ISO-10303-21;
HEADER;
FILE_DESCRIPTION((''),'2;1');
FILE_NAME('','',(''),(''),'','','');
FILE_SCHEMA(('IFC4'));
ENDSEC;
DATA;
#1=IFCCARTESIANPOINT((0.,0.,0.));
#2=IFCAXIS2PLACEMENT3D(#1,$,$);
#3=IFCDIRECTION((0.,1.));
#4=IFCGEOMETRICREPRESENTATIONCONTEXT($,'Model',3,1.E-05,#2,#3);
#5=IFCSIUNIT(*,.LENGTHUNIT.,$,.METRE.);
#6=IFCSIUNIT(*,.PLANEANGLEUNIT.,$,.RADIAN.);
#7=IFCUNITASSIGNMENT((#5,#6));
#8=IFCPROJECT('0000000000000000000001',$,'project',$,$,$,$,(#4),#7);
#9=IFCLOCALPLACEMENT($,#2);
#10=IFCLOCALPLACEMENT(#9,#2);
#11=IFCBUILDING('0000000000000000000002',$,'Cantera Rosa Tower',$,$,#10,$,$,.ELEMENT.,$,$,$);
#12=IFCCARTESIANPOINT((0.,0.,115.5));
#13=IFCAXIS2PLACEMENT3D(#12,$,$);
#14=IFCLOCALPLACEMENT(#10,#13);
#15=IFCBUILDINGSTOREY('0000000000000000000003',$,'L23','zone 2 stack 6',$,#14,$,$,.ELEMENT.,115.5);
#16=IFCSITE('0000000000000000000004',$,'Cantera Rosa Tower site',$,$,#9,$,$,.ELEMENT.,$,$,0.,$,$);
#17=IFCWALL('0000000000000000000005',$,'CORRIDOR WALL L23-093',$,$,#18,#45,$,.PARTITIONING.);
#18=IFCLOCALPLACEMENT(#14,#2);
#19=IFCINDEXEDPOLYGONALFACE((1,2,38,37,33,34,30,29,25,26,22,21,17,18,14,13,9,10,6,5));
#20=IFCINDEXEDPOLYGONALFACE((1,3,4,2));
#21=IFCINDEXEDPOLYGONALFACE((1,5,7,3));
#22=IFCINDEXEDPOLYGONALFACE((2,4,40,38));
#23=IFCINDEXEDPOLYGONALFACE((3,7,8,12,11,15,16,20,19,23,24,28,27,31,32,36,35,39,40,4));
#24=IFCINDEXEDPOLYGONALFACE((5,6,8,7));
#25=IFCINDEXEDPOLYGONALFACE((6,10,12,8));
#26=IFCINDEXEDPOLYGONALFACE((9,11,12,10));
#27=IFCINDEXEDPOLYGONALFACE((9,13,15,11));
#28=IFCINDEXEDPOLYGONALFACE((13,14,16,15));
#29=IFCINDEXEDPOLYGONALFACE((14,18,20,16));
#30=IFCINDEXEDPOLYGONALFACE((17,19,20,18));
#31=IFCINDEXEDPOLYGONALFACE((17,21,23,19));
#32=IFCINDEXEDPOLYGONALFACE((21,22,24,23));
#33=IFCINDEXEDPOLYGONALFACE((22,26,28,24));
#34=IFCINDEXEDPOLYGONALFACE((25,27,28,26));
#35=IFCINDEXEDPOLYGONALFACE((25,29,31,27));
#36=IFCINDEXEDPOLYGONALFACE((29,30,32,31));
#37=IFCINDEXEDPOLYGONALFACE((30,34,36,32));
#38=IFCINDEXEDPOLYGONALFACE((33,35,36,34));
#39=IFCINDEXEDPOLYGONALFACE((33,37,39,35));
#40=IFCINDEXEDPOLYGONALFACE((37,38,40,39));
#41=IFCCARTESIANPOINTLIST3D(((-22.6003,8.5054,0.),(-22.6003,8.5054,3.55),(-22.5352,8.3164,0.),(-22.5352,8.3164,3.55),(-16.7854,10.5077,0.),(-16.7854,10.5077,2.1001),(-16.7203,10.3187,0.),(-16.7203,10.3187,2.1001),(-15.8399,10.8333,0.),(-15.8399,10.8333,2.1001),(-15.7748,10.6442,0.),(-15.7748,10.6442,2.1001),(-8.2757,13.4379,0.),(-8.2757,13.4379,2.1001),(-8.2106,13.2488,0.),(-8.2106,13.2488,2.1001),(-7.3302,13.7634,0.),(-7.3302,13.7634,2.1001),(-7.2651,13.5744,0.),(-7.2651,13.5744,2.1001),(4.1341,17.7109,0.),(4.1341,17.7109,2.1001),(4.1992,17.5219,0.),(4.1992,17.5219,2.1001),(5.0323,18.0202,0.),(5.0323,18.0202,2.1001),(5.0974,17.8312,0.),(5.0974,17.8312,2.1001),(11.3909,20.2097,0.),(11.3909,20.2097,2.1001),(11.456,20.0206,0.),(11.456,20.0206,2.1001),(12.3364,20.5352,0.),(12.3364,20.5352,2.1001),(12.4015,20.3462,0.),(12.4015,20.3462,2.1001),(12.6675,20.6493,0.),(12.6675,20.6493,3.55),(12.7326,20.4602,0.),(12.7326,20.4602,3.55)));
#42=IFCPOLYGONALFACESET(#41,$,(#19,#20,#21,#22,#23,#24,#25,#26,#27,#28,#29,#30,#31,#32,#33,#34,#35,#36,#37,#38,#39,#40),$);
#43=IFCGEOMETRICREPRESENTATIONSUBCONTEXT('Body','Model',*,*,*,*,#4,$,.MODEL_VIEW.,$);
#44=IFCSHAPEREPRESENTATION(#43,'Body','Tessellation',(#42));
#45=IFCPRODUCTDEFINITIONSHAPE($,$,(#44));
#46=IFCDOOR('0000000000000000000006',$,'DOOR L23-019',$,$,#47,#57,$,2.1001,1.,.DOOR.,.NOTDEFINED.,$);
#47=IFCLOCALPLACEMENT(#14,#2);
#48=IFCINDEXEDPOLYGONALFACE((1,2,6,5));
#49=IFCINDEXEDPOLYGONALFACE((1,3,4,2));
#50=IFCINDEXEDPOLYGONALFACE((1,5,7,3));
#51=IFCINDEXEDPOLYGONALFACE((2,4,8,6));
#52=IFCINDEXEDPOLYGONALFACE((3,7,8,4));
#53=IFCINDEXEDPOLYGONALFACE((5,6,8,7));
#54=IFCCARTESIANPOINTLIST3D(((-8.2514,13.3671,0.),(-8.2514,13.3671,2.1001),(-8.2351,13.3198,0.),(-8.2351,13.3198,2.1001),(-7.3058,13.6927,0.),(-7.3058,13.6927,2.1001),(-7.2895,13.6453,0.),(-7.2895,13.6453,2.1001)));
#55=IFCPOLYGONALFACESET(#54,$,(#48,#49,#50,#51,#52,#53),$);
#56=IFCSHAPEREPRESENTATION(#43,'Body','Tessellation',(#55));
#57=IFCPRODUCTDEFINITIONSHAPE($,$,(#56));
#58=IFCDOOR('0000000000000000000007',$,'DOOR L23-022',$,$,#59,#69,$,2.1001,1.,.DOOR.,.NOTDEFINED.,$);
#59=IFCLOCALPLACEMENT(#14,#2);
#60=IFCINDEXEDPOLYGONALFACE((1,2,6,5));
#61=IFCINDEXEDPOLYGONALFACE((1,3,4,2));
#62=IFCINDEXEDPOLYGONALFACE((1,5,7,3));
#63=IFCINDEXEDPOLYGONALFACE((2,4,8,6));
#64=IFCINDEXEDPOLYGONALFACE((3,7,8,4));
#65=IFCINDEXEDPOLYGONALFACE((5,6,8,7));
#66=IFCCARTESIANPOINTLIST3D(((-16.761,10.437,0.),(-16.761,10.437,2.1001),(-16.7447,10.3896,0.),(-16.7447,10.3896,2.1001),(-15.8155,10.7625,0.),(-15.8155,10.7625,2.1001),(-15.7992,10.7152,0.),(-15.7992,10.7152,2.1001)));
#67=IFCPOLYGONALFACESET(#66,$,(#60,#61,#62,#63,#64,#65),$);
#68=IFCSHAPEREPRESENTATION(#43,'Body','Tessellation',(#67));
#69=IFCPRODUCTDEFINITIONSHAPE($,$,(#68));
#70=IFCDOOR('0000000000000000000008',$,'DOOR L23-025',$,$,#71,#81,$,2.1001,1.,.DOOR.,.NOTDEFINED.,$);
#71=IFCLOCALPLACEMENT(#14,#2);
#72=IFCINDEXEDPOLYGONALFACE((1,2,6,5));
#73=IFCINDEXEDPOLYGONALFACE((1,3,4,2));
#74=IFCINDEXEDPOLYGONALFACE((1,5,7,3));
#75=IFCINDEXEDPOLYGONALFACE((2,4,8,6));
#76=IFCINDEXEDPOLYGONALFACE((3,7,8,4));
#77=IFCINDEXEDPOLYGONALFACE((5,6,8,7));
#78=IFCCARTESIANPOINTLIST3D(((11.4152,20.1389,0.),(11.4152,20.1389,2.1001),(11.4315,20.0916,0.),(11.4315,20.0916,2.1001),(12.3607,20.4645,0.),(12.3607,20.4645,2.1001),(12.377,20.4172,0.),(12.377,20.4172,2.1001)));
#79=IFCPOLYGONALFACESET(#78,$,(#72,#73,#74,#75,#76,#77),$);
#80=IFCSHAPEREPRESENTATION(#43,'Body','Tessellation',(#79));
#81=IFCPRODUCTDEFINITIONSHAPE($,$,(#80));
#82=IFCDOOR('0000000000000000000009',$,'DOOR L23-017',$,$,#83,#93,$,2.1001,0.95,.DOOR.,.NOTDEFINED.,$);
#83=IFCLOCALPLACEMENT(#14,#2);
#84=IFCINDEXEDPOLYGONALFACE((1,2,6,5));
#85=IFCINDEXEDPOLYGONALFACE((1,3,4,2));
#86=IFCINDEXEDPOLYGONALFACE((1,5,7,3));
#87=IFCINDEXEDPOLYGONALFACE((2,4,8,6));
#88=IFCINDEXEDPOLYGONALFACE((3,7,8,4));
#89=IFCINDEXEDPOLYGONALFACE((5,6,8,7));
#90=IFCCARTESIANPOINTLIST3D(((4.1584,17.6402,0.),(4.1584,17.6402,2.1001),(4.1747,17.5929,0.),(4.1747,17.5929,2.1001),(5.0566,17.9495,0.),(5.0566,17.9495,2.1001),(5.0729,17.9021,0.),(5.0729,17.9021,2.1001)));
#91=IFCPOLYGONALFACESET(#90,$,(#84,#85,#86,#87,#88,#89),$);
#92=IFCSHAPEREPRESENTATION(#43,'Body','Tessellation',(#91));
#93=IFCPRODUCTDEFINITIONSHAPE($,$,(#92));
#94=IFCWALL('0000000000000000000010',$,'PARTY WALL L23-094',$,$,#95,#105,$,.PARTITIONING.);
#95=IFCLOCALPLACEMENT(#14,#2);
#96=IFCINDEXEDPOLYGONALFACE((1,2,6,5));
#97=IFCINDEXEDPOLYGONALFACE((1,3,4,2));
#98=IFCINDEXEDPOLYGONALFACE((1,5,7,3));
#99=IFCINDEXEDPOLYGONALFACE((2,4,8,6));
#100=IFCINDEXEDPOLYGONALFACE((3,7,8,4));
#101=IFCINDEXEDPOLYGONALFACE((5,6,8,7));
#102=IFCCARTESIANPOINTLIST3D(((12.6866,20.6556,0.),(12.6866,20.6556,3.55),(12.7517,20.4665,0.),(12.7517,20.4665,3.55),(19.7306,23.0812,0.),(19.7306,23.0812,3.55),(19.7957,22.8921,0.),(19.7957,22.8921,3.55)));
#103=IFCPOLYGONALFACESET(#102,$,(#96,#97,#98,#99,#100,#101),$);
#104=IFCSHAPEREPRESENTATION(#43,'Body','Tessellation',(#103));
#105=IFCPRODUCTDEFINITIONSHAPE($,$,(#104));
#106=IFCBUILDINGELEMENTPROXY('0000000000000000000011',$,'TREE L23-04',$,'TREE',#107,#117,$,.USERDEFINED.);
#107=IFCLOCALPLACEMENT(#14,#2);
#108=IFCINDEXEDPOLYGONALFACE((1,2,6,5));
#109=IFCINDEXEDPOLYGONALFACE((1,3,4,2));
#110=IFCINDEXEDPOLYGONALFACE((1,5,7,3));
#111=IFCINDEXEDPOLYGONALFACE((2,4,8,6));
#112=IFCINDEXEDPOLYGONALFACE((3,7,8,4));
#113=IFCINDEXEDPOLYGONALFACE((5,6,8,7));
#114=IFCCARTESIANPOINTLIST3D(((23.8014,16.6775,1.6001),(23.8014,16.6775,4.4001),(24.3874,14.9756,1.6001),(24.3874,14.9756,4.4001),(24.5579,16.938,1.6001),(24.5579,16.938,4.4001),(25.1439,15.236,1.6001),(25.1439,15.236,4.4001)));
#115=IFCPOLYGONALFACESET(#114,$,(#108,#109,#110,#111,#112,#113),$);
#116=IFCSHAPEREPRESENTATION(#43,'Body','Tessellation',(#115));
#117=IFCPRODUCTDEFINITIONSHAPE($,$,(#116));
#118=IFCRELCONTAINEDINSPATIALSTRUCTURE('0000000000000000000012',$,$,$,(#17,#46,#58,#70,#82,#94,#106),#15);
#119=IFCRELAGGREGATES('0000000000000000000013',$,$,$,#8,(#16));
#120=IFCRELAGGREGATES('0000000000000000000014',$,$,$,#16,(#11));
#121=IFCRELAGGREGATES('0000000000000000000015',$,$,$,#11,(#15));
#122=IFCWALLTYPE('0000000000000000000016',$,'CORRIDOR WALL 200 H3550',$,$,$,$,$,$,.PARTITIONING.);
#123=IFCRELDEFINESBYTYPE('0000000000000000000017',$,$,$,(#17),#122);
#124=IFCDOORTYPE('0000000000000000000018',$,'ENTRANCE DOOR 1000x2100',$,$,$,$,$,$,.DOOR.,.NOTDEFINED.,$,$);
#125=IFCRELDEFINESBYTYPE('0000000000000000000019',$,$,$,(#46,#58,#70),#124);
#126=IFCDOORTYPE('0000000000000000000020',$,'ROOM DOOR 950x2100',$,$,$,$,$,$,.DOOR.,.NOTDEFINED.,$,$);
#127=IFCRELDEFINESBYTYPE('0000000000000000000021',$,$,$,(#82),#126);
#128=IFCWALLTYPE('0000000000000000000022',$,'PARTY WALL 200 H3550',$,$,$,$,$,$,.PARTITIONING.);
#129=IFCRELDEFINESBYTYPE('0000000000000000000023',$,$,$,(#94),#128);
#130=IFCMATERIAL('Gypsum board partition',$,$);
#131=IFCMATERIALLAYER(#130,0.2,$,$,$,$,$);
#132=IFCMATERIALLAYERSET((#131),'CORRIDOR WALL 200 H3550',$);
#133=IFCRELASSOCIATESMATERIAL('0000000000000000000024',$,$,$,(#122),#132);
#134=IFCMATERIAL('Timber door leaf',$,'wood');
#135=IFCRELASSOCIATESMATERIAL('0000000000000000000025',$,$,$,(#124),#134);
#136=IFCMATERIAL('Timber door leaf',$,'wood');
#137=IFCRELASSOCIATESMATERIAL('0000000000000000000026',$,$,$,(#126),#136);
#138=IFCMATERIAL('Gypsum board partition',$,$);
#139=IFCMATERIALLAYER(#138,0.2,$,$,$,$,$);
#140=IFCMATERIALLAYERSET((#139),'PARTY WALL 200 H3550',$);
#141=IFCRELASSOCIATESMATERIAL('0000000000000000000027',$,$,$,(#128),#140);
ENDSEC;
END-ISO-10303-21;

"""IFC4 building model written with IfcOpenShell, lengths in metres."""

from ifc_helpers import new_model, si_unit, direction, frame, frame_2d, origin, origin_2d, place, context, subcontext, project, spatial, rectangle, extrude, material, layer, layer_set, type_object, element, fill, save


model = new_model("IFC4")

# Units and contexts
model_context = context("Model", 3, precision=1e-05, world=origin(), true_north=direction((0.0, 1.0)))
body_context = subcontext(model_context, "Body", "Model", "MODEL_VIEW")
ifc_project = project(units=[si_unit("LENGTHUNIT", "METRE"), si_unit("PLANEANGLEUNIT", "RADIAN")], contexts=[model_context])

# Site, building, storey
site_placement = place(None, origin())
site = spatial("IfcSite", under=ifc_project, at=site_placement, Name="Cantera Rosa Tower site", CompositionType="ELEMENT", RefElevation=0.0)
building_placement = place(site_placement, origin())
building = spatial("IfcBuilding", under=site, at=building_placement, Name="Cantera Rosa Tower", CompositionType="ELEMENT")
storey_placement = place(building_placement, frame((0.0, 0.0, 115.5)))
storey = spatial("IfcBuildingStorey", under=building, at=storey_placement, Name="L23", Description="zone 2 stack 6", CompositionType="ELEMENT", Elevation=115.5)

# Shared definitions
ifc_material_1 = material(Name="Gypsum board partition")
ifc_layer_1 = layer(ifc_material_1, 0.2)
ifc_layer_set_1 = layer_set([ifc_layer_1], Name="CORRIDOR WALL 200 H3550")
wall_type_1 = type_object("IfcWallType", Name="CORRIDOR WALL 200 H3550", PredefinedType="PARTITIONING", material=ifc_layer_set_1)

# Wall, openings, doors
wall_1_placement = place(storey_placement, frame((12.7, 20.5547, 0.0), z_axis=(0.0, 0.0, 1.0), x_axis=(-0.945518, -0.325571, 0.0)))
wall_1 = element("IfcWall", 1, at=wall_1_placement, inside=storey, type_object=wall_type_1, Name="CORRIDOR WALL L23-093", PredefinedType="PARTITIONING", context=body_context, shape_type="SweptSolid", body=[
    extrude(rectangle(XDim=37.3, YDim=0.2, at=frame_2d((18.6499, 0.0))), origin(), (0.0, 0.0, 1.0), 3.55),
])
opening_1_placement = place(wall_1_placement, frame((8.075, 0.0, 0.0)))
opening_1 = element("IfcOpeningElement", 2, at=opening_1_placement, cuts=wall_1, PredefinedType="OPENING", context=body_context, shape_type="SweptSolid", body=[
    extrude(rectangle(XDim=0.95, YDim=2.1001, at=frame_2d((0.4751, 1.05))), frame((0.0, 0.1099, 0.0), z_axis=(0.0, -1.0, 0.0), x_axis=(1.0, 0.0, 0.0)), (0.0, 0.0, 1.0), 0.22),
])
opening_2_placement = place(wall_1_placement, frame((21.1499, 0.0, 0.0)))
opening_2 = element("IfcOpeningElement", 3, at=opening_2_placement, cuts=wall_1, PredefinedType="OPENING", context=body_context, shape_type="SweptSolid", body=[
    extrude(rectangle(XDim=1.0, YDim=2.1001, at=frame_2d((0.5, 1.05))), frame((0.0, 0.1099, 0.0), z_axis=(0.0, -1.0, 0.0), x_axis=(1.0, 0.0, 0.0)), (0.0, 0.0, 1.0), 0.22),
])
opening_3_placement = place(wall_1_placement, frame((30.1499, 0.0, 0.0)))
opening_3 = element("IfcOpeningElement", 4, at=opening_3_placement, cuts=wall_1, PredefinedType="OPENING", context=body_context, shape_type="SweptSolid", body=[
    extrude(rectangle(XDim=1.0, YDim=2.1001, at=frame_2d((0.5, 1.05))), frame((0.0, 0.1099, 0.0), z_axis=(0.0, -1.0, 0.0), x_axis=(1.0, 0.0, 0.0)), (0.0, 0.0, 1.0), 0.22),
])
opening_4_placement = place(wall_1_placement, frame((0.3501, 0.0, 0.0)))
opening_4 = element("IfcOpeningElement", 5, at=opening_4_placement, cuts=wall_1, PredefinedType="OPENING", context=body_context, shape_type="SweptSolid", body=[
    extrude(rectangle(XDim=1.0, YDim=2.1001, at=frame_2d((0.5, 1.05))), frame((0.0, 0.1099, 0.0), z_axis=(0.0, -1.0, 0.0), x_axis=(1.0, 0.0, 0.0)), (0.0, 0.0, 1.0), 0.22),
])
ifc_material_2 = material(Name="Timber door leaf", Category="wood")
door_type_1 = type_object("IfcDoorType", Name="ENTRANCE DOOR 1000x2100", OperationType="NOTDEFINED", PredefinedType="DOOR", material=ifc_material_2)
door_1_placement = place(opening_2_placement, origin())
door_1 = element("IfcDoor", 6, at=door_1_placement, inside=storey, type_object=door_type_1, Name="DOOR L23-019", OperationType="NOTDEFINED", OverallHeight=2.1001, OverallWidth=1.0, PredefinedType="DOOR", context=body_context, shape_type="SweptSolid", body=[
    extrude(rectangle(XDim=1.0, YDim=2.1001, at=frame_2d((0.5, 1.05))), frame((0.0, 0.0249, 0.0), z_axis=(0.0, -1.0, 0.0), x_axis=(1.0, 0.0, 0.0)), (0.0, 0.0, 1.0), 0.05),
])
fill(opening_2, door_1)
door_2_placement = place(opening_3_placement, origin())
door_2 = element("IfcDoor", 7, at=door_2_placement, inside=storey, type_object=door_type_1, Name="DOOR L23-022", OperationType="NOTDEFINED", OverallHeight=2.1001, OverallWidth=1.0, PredefinedType="DOOR", context=body_context, shape_type="SweptSolid", body=[
    extrude(rectangle(XDim=1.0, YDim=2.1001, at=frame_2d((0.5, 1.05))), frame((0.0, 0.0249, 0.0), z_axis=(0.0, -1.0, 0.0), x_axis=(1.0, 0.0, 0.0)), (0.0, 0.0, 1.0), 0.05),
])
fill(opening_3, door_2)
door_3_placement = place(opening_4_placement, origin())
door_3 = element("IfcDoor", 8, at=door_3_placement, inside=storey, type_object=door_type_1, Name="DOOR L23-025", OperationType="NOTDEFINED", OverallHeight=2.1001, OverallWidth=1.0, PredefinedType="DOOR", context=body_context, shape_type="SweptSolid", body=[
    extrude(rectangle(XDim=1.0, YDim=2.1001, at=frame_2d((0.5, 1.05))), frame((0.0, 0.0249, 0.0), z_axis=(0.0, -1.0, 0.0), x_axis=(1.0, 0.0, 0.0)), (0.0, 0.0, 1.0), 0.05),
])
fill(opening_4, door_3)
ifc_material_3 = material(Name="Timber door leaf", Category="wood")
door_type_2 = type_object("IfcDoorType", Name="ROOM DOOR 950x2100", OperationType="NOTDEFINED", PredefinedType="DOOR", material=ifc_material_3)
door_4_placement = place(opening_1_placement, origin())
door_4 = element("IfcDoor", 9, at=door_4_placement, inside=storey, type_object=door_type_2, Name="DOOR L23-017", OperationType="NOTDEFINED", OverallHeight=2.1001, OverallWidth=0.95, PredefinedType="DOOR", context=body_context, shape_type="SweptSolid", body=[
    extrude(rectangle(XDim=0.95, YDim=2.1001, at=frame_2d((0.4751, 1.05))), frame((0.0, 0.0249, 0.0), z_axis=(0.0, -1.0, 0.0), x_axis=(1.0, 0.0, 0.0)), (0.0, 0.0, 1.0), 0.05),
])
fill(opening_1, door_4)

# Wall
ifc_material_4 = material(Name="Gypsum board partition")
ifc_layer_2 = layer(ifc_material_4, 0.2)
ifc_layer_set_2 = layer_set([ifc_layer_2], Name="PARTY WALL 200 H3550")
wall_type_2 = type_object("IfcWallType", Name="PARTY WALL 200 H3550", PredefinedType="PARTITIONING", material=ifc_layer_set_2)
wall_2_placement = place(storey_placement, frame((12.719, 20.561, 0.0), z_axis=(0.0, 0.0, 1.0), x_axis=(0.945514, 0.325582, 0.0)))
element("IfcWall", 10, at=wall_2_placement, inside=storey, type_object=wall_type_2, Name="PARTY WALL L23-094", PredefinedType="PARTITIONING", context=body_context, shape_type="SweptSolid", body=[
    extrude(rectangle(XDim=7.45, YDim=0.2, at=frame_2d((3.7251, 0.0))), origin(), (0.0, 0.0, 1.0), 3.55),
])

# Building element proxy
proxy_placement = place(storey_placement, frame((24.4727, 15.9568, 1.6001), z_axis=(0.0, 0.0, 1.0), x_axis=(-0.325568, 0.945519, 0.0)))
element("IfcBuildingElementProxy", 11, at=proxy_placement, inside=storey, Name="TREE L23-04", ObjectType="TREE", PredefinedType="USERDEFINED", context=body_context, shape_type="SweptSolid", body=[
    extrude(rectangle(XDim=1.8, YDim=0.8, at=origin_2d()), origin(), (0.0, 0.0, 1.0), 2.8),
])

save(model, "model.ifc")
